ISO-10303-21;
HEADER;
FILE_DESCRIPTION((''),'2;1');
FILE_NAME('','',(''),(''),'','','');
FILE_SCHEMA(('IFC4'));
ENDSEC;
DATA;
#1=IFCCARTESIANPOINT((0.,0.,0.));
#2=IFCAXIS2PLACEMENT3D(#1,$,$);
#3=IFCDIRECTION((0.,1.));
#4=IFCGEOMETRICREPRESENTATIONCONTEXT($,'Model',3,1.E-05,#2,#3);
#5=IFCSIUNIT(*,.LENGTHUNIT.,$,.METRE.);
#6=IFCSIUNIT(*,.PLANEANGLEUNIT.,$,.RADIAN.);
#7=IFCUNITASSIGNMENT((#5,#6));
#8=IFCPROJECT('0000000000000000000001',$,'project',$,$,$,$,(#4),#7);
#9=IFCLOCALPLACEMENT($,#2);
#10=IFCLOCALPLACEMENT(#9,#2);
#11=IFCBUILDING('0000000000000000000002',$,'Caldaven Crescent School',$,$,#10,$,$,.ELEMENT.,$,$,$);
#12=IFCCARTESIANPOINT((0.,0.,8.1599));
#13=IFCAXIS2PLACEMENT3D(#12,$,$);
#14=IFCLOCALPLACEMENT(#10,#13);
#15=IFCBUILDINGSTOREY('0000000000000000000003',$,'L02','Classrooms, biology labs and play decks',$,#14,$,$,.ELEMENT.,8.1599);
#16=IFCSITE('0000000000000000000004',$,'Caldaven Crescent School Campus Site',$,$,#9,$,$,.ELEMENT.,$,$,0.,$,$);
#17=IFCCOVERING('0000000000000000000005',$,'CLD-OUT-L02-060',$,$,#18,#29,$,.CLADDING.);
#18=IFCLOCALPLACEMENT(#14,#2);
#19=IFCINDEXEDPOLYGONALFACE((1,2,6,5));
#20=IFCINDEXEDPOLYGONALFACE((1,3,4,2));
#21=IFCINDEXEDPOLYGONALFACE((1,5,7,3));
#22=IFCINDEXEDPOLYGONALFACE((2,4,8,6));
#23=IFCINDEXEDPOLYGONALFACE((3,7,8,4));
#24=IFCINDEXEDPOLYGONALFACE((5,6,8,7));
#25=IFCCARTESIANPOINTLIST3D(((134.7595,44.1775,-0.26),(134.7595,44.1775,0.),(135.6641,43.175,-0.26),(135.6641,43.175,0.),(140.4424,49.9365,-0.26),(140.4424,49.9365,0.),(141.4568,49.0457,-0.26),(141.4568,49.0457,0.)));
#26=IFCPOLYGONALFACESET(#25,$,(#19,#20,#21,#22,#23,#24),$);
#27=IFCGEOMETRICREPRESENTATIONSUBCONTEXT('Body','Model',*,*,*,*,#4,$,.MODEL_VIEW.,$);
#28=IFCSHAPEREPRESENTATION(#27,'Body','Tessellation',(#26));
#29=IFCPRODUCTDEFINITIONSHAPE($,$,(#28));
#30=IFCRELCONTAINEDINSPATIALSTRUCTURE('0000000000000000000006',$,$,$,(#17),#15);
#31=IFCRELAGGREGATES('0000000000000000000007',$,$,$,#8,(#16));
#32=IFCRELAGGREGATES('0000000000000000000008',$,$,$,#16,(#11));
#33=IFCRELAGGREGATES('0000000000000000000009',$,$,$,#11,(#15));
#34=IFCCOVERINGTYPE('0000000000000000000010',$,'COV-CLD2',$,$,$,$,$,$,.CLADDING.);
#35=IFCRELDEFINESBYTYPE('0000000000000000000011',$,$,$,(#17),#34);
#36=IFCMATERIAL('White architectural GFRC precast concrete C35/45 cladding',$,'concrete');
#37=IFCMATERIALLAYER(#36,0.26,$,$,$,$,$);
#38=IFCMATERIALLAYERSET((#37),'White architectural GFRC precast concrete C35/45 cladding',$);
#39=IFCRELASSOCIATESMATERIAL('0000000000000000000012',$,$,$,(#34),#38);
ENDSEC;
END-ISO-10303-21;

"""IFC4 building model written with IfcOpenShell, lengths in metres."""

from ifc_helpers import new_model, si_unit, direction, frame, origin, place, context, subcontext, project, spatial, polyline, outline, extrude, material, layer, layer_set, type_object, element, save


model = new_model("IFC4")

# Units and contexts
model_context = context("Model", 3, precision=1e-05, world=origin(), true_north=direction((0.0, 1.0)))
body_context = subcontext(model_context, "Body", "Model", "MODEL_VIEW")
ifc_project = project(units=[si_unit("LENGTHUNIT", "METRE"), si_unit("PLANEANGLEUNIT", "RADIAN")], contexts=[model_context])

# Site, building, storey
site_placement = place(None, origin())
site = spatial("IfcSite", under=ifc_project, at=site_placement, Name="Caldaven Crescent School Campus Site", CompositionType="ELEMENT", RefElevation=0.0)
building_placement = place(site_placement, origin())
building = spatial("IfcBuilding", under=site, at=building_placement, Name="Caldaven Crescent School", CompositionType="ELEMENT")
storey_placement = place(building_placement, frame((0.0, 0.0, 8.1599)))
storey = spatial("IfcBuildingStorey", under=building, at=storey_placement, Name="L02", Description="Classrooms, biology labs and play decks", CompositionType="ELEMENT", Elevation=8.1599)

# Covering
ifc_material_1 = material(Name="White architectural GFRC precast concrete C35/45 cladding", Category="concrete")
ifc_layer_1 = layer(ifc_material_1, 0.26)
ifc_layer_set_1 = layer_set([ifc_layer_1], Name="White architectural GFRC precast concrete C35/45 cladding")
covering_type_1 = type_object("IfcCoveringType", Name="COV-CLD2", PredefinedType="CLADDING", material=ifc_layer_set_1)
covering_1_placement = place(storey_placement, frame((0.0, 0.0, -0.26)))
element("IfcCovering", 1, at=covering_1_placement, inside=storey, type_object=covering_type_1, Name="CLD-OUT-L02-060", PredefinedType="CLADDING", context=body_context, shape_type="SweptSolid", body=[
    extrude(outline(polyline([(134.7595, 44.1775), (140.4424, 49.9365), (141.4568, 49.0457), (135.6641, 43.175), (134.7595, 44.1775)])), origin(), (0.0, 0.0, 1.0), 0.26),
])

save(model, "model.ifc")
